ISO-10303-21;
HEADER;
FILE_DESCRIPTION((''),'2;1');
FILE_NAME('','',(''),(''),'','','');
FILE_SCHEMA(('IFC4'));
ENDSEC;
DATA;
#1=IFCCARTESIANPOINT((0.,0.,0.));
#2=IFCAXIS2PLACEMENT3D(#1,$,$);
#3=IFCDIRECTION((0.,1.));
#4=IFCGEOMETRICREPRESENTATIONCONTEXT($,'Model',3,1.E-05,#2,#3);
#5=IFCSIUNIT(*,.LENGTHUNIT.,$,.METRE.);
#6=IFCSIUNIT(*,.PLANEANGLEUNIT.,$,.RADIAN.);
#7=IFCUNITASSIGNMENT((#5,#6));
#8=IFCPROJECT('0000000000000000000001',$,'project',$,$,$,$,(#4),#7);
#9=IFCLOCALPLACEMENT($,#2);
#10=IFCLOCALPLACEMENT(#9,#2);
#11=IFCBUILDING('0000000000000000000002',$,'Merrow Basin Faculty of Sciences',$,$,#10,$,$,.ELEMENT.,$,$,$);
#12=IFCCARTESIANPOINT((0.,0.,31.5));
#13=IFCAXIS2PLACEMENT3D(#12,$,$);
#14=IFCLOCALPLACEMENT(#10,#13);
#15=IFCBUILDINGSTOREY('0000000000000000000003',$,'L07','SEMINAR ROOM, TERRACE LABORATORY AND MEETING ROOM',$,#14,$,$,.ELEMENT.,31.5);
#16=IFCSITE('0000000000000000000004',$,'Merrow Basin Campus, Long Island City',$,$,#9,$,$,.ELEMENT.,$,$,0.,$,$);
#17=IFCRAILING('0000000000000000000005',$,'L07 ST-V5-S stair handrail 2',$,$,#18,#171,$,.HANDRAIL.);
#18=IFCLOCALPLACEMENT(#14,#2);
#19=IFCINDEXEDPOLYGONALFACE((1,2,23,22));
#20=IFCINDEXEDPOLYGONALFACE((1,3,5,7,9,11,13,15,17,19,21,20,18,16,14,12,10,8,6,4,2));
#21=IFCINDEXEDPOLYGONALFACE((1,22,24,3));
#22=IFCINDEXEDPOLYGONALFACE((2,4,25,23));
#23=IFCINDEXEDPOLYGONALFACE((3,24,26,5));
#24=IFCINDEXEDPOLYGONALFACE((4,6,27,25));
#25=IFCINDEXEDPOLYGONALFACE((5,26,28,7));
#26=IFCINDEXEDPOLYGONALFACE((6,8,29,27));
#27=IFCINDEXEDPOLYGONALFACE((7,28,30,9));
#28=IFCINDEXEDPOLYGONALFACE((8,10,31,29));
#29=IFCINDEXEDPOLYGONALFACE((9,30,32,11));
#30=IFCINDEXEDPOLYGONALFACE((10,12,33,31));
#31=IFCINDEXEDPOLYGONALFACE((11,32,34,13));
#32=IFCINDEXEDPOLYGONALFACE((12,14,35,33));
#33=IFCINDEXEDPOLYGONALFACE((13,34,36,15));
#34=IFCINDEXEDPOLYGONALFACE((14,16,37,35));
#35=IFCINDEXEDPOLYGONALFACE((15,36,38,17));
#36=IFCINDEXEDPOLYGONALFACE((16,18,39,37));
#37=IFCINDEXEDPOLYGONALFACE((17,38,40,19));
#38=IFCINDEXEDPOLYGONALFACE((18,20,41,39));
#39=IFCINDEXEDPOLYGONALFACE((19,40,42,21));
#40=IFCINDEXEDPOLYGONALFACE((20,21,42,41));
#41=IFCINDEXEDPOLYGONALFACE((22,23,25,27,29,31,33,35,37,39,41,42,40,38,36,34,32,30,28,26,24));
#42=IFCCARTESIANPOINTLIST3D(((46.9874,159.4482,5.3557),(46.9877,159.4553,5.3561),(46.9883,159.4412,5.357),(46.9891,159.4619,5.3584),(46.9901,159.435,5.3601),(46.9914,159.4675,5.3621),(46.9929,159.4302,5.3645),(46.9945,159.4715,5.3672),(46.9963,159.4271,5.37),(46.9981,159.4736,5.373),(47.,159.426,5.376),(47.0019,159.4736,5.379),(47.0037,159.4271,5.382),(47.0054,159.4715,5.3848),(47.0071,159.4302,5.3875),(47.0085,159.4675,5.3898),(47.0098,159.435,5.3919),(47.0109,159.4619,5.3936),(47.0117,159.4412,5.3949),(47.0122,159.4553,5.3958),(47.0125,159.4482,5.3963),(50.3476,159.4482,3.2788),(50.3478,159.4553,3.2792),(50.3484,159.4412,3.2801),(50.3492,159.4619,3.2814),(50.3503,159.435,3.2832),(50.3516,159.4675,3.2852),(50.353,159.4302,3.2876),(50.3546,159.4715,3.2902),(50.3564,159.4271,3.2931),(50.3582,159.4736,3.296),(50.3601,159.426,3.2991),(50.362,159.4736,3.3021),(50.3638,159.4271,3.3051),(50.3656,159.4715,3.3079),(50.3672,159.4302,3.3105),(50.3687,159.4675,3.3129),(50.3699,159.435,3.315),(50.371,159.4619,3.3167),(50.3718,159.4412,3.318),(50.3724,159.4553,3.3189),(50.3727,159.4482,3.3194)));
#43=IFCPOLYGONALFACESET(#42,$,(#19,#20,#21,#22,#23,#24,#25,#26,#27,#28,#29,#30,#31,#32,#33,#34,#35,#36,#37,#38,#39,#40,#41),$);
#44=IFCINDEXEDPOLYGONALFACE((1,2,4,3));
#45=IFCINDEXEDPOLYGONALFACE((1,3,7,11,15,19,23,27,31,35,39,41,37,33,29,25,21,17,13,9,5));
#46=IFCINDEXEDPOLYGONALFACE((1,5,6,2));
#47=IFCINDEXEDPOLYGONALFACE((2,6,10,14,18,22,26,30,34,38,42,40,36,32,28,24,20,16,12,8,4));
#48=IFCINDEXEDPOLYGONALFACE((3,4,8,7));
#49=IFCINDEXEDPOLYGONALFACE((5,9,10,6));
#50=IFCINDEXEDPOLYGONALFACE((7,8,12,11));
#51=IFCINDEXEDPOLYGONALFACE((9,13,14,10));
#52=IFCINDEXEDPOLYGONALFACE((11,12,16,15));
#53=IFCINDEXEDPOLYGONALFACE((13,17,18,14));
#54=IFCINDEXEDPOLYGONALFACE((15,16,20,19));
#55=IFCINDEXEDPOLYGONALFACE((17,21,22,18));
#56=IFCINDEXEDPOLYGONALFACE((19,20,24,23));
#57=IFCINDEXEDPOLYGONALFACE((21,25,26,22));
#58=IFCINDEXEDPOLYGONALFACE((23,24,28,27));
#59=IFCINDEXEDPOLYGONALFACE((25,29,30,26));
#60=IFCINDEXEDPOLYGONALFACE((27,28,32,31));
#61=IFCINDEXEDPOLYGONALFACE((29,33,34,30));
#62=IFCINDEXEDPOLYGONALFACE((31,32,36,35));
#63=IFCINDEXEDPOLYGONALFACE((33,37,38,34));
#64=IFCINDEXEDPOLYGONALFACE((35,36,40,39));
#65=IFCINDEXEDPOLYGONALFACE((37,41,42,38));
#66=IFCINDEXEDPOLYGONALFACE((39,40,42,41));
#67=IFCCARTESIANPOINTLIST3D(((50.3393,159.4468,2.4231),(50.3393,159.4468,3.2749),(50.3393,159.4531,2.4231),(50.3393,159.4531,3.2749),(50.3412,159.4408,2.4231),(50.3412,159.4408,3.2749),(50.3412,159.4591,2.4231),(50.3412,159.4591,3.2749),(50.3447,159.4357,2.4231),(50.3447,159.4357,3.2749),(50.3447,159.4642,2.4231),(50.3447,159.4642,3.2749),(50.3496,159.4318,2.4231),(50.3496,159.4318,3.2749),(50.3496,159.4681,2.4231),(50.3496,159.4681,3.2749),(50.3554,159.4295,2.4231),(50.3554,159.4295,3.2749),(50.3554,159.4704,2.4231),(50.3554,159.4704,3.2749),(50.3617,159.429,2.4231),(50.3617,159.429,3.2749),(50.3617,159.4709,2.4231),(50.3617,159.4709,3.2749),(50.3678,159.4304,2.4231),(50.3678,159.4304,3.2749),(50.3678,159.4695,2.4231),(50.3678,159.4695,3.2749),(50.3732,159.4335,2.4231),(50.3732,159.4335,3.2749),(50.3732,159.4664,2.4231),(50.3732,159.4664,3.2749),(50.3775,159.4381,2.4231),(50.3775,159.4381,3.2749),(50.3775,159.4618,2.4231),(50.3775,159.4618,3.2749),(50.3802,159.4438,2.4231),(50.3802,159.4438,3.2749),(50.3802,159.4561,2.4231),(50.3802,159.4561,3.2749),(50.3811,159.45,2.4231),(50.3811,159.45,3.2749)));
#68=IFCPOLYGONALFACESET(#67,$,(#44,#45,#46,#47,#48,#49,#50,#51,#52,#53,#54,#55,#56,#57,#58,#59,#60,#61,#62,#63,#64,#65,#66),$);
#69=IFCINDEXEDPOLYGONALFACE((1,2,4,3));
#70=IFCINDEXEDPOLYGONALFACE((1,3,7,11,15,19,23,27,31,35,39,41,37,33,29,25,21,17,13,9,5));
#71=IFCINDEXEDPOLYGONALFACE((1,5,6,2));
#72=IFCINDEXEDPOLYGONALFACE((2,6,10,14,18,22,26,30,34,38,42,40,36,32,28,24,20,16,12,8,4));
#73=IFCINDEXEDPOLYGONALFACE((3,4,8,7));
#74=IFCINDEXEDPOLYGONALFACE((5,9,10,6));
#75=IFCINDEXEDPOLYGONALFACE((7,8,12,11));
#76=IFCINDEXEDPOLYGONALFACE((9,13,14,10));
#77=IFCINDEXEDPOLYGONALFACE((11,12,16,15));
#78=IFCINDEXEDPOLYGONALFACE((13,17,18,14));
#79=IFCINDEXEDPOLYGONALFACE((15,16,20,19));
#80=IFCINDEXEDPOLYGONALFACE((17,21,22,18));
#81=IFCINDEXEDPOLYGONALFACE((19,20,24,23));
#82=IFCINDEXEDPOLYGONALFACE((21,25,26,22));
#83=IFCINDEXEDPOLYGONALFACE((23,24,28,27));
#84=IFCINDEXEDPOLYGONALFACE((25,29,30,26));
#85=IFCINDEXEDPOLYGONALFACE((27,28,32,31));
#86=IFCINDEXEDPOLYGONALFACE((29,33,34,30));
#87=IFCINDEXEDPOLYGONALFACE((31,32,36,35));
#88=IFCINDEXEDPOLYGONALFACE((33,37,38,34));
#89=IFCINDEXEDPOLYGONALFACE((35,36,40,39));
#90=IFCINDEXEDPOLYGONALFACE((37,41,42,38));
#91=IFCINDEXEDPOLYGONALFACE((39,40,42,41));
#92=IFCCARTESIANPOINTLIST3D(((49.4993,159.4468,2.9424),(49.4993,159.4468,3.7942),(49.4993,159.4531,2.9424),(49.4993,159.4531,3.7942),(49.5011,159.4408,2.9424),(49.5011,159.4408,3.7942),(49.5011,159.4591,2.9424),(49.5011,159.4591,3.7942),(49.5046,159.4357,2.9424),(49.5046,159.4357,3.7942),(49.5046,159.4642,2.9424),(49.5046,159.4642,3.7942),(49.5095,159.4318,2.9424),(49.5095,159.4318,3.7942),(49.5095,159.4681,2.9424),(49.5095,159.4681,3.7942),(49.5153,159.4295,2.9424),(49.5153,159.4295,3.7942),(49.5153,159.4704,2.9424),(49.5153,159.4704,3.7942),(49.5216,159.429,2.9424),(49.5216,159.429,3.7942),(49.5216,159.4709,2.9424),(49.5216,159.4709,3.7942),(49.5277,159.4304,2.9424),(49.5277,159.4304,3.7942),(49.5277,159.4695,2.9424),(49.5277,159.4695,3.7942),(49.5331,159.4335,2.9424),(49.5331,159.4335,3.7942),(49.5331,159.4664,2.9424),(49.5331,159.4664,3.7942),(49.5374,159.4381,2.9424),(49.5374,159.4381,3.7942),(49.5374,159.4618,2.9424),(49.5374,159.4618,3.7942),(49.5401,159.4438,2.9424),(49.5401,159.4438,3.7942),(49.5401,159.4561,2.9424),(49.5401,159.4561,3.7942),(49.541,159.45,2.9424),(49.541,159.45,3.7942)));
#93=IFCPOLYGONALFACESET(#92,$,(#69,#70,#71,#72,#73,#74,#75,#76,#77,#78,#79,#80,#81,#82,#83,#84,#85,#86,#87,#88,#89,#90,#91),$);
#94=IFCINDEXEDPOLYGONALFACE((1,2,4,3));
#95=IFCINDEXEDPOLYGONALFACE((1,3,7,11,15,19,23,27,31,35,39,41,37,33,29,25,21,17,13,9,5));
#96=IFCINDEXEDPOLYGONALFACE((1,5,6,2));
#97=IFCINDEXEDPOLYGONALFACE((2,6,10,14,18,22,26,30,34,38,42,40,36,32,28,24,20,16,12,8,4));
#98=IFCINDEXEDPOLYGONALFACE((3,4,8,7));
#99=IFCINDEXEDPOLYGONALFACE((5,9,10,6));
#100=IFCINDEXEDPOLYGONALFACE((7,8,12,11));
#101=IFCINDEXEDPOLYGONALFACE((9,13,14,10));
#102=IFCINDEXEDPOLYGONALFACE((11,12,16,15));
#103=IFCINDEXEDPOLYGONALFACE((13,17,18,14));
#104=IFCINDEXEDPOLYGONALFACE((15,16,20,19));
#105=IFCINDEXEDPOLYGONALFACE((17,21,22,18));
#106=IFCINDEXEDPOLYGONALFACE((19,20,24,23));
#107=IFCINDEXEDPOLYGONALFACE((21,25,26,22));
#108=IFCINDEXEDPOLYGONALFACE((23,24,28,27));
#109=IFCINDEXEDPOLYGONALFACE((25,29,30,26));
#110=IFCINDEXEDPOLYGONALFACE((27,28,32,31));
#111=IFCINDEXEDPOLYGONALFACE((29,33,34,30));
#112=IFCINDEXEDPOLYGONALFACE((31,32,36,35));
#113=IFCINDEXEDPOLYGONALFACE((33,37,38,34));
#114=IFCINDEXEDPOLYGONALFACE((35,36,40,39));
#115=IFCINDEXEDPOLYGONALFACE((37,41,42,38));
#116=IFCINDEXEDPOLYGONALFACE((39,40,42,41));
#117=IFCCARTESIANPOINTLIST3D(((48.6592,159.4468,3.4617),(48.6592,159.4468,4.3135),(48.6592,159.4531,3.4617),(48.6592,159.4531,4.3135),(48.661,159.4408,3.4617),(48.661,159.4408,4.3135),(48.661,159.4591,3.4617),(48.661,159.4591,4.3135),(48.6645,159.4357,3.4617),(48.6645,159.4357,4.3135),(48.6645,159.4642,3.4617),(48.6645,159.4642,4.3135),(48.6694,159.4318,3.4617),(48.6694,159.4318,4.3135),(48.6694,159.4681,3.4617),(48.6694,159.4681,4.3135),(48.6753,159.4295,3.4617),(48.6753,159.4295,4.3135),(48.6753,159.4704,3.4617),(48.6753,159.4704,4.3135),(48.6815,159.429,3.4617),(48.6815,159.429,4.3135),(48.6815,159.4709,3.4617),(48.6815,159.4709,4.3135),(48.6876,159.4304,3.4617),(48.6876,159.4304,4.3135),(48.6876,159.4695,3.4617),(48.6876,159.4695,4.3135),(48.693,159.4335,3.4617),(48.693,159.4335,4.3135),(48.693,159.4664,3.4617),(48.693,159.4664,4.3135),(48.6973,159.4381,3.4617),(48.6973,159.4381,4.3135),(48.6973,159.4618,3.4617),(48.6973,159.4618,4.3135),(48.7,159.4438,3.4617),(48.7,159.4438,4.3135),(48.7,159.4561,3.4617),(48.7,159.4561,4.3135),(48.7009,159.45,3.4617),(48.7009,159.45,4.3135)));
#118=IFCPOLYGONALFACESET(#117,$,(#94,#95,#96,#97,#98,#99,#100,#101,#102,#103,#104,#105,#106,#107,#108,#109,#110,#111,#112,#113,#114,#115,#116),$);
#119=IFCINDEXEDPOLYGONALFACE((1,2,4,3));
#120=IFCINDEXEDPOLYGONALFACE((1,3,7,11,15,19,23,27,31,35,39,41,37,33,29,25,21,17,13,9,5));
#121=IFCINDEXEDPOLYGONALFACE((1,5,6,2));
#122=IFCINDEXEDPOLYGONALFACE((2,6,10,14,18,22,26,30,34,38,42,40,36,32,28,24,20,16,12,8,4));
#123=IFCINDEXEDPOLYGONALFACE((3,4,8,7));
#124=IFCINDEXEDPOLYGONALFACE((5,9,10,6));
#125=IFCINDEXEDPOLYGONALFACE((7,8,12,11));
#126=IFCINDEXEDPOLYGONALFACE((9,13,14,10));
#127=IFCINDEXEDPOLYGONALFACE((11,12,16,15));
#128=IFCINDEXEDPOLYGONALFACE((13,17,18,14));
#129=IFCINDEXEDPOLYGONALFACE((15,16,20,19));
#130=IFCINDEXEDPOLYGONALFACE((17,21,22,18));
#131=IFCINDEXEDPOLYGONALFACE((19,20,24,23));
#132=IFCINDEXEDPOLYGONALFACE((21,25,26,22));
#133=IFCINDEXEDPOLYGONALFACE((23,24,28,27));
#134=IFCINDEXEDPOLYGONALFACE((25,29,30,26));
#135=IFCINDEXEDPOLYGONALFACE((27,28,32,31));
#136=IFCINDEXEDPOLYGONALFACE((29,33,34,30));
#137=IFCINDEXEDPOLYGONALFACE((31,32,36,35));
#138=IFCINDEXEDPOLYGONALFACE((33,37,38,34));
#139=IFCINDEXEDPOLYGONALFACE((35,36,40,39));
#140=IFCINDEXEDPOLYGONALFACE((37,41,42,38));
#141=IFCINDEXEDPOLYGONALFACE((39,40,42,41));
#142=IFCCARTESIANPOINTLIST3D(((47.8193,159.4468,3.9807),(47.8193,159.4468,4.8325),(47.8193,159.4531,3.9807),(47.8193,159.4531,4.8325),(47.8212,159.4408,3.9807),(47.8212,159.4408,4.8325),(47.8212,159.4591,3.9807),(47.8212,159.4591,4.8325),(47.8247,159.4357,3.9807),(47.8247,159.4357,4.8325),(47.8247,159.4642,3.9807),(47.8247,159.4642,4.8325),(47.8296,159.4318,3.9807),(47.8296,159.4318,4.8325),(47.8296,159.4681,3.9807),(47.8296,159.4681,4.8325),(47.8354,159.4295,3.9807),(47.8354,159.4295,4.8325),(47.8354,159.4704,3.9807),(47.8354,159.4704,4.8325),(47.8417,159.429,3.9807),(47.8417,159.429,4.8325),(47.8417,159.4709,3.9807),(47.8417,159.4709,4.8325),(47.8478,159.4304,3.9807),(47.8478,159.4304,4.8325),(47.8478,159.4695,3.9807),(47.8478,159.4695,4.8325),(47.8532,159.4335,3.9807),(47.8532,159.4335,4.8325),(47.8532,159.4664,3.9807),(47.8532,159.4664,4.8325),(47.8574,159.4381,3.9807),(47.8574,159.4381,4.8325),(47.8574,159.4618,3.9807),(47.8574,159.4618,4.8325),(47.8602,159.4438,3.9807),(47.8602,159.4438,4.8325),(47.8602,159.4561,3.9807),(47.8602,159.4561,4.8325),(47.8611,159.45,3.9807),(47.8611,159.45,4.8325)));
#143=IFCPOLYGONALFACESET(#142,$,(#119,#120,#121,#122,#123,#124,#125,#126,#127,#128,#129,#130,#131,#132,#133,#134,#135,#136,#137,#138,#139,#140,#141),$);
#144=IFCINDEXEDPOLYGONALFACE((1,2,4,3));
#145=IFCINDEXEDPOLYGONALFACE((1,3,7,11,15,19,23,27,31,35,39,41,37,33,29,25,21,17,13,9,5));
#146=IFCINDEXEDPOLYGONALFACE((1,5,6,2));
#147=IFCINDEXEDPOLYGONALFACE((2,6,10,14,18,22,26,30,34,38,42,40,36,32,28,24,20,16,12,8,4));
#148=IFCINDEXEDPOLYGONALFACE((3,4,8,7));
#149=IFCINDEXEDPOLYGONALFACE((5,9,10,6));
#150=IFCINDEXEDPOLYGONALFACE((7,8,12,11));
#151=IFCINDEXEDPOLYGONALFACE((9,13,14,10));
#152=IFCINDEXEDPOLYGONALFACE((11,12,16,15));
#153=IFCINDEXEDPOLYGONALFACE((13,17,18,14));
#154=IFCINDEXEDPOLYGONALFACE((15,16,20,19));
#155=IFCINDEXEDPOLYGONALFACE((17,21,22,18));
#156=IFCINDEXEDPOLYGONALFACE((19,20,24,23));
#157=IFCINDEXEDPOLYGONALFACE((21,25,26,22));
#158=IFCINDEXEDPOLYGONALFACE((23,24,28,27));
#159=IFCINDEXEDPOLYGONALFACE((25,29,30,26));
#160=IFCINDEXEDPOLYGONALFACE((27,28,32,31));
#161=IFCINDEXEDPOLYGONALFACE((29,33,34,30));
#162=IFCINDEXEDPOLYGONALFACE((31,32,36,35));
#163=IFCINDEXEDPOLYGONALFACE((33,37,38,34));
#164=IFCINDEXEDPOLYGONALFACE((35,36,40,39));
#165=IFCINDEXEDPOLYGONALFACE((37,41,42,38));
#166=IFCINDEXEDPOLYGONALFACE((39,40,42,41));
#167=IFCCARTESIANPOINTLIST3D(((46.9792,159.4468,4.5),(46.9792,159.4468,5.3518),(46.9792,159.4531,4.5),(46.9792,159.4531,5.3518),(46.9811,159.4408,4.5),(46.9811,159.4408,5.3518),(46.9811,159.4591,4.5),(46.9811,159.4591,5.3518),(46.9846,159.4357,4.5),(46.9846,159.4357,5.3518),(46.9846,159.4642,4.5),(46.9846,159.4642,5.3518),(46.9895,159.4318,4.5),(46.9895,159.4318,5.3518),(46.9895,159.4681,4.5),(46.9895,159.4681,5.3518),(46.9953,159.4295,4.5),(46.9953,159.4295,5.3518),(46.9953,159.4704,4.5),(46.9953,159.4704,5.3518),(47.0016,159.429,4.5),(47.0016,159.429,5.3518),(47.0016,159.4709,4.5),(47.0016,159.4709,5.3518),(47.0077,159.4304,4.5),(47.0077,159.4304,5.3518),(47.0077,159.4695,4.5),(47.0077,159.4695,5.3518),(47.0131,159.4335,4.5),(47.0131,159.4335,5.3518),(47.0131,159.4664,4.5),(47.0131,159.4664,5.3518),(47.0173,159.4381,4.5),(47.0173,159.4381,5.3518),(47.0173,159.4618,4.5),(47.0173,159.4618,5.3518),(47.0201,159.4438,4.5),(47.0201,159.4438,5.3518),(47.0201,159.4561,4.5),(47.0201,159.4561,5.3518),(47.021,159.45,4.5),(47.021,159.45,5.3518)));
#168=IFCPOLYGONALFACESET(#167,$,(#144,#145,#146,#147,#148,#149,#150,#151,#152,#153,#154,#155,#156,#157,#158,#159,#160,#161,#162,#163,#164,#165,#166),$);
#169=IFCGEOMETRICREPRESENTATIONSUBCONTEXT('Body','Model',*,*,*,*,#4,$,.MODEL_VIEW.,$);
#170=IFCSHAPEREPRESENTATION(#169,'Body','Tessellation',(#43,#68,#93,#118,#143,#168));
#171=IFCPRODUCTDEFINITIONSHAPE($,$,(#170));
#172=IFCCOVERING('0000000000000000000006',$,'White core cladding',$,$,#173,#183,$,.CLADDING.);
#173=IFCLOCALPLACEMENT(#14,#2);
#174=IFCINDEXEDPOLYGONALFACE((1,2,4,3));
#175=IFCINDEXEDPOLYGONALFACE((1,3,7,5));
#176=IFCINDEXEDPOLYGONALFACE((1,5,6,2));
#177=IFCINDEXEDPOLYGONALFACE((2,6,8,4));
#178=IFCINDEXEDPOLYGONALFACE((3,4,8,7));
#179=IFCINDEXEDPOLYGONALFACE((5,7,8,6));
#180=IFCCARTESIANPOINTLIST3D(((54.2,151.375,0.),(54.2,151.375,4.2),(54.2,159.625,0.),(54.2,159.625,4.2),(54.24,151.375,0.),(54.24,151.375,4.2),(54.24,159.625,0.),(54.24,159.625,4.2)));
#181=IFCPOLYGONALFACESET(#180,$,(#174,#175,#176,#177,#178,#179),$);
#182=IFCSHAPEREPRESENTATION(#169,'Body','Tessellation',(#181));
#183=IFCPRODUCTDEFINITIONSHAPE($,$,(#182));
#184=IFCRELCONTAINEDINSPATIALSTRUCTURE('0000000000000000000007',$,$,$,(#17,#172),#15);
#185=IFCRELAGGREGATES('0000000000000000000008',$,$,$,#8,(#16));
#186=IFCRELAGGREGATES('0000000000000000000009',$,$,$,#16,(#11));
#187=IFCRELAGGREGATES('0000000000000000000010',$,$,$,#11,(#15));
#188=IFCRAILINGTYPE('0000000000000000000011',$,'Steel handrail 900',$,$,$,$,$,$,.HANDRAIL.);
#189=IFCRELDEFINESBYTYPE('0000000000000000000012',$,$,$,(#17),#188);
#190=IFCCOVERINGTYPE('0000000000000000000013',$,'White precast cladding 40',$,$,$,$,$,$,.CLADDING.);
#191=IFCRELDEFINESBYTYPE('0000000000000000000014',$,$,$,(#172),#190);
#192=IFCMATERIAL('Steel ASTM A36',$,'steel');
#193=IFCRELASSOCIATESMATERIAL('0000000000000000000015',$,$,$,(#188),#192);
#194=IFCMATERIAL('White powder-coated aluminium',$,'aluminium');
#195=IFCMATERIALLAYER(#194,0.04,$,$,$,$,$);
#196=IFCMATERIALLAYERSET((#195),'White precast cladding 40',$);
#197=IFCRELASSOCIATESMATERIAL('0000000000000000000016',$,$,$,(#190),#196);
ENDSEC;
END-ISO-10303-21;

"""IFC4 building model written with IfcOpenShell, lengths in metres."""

from ifc_helpers import new_model, si_unit, direction, frame, origin, origin_2d, place, context, subcontext, project, spatial, rectangle, circle, extrude, material, layer, layer_set, type_object, element, save


model = new_model("IFC4")

# Units and contexts
model_context = context("Model", 3, precision=1e-05, world=origin(), true_north=direction((0.0, 1.0)))
body_context = subcontext(model_context, "Body", "Model", "MODEL_VIEW")
ifc_project = project(units=[si_unit("LENGTHUNIT", "METRE"), si_unit("PLANEANGLEUNIT", "RADIAN")], contexts=[model_context])

# Site, building, storey
site_placement = place(None, origin())
site = spatial("IfcSite", under=ifc_project, at=site_placement, Name="Merrow Basin Campus, Long Island City", CompositionType="ELEMENT", RefElevation=0.0)
building_placement = place(site_placement, origin())
building = spatial("IfcBuilding", under=site, at=building_placement, Name="Merrow Basin Faculty of Sciences", CompositionType="ELEMENT")
storey_placement = place(building_placement, frame((0.0, 0.0, 31.5)))
storey = spatial("IfcBuildingStorey", under=building, at=storey_placement, Name="L07", Description="SEMINAR ROOM, TERRACE LABORATORY AND MEETING ROOM", CompositionType="ELEMENT", Elevation=31.5)

# Railing
ifc_material_1 = material(Name="Steel ASTM A36", Category="steel")
railing_type_1 = type_object("IfcRailingType", Name="Steel handrail 900", PredefinedType="HANDRAIL", material=ifc_material_1)
railing_1_placement = place(storey_placement, frame((50.3601, 159.45, 2.4231)))
element("IfcRailing", 1, at=railing_1_placement, inside=storey, type_object=railing_type_1, Name="L07 ST-V5-S stair handrail 2", PredefinedType="HANDRAIL", context=body_context, shape_type="SweptSolid", body=[
    extrude(circle(Radius=0.0239, at=origin_2d()), frame((0.0, 0.0, 0.876), z_axis=(-0.850623, 0.0, 0.525776), x_axis=(0.0, -1.0, 0.0)), (0.0, 0.0, 1.0), 3.9502),
    extrude(circle(Radius=0.021, at=origin_2d()), origin(), (0.0, 0.0, 1.0), 0.8518),
    extrude(circle(Radius=0.021, at=origin_2d()), frame((-0.8401, 0.0, 0.5193)), (0.0, 0.0, 1.0), 0.8518),
    extrude(circle(Radius=0.021, at=origin_2d()), frame((-1.6802, 0.0, 1.0386)), (0.0, 0.0, 1.0), 0.8518),
    extrude(circle(Radius=0.021, at=origin_2d()), frame((-2.52, 0.0, 1.5576)), (0.0, 0.0, 1.0), 0.8518),
    extrude(circle(Radius=0.021, at=origin_2d()), frame((-3.3601, 0.0, 2.0769)), (0.0, 0.0, 1.0), 0.8518),
])

# Covering
ifc_material_2 = material(Name="White powder-coated aluminium", Category="aluminium")
ifc_layer_1 = layer(ifc_material_2, 0.04)
ifc_layer_set_1 = layer_set([ifc_layer_1], Name="White precast cladding 40")
covering_type = type_object("IfcCoveringType", Name="White precast cladding 40", PredefinedType="CLADDING", material=ifc_layer_set_1)
covering_placement = place(storey_placement, frame((54.22, 155.5, 0.0), z_axis=(0.0, 0.0, 1.0), x_axis=(1.0, 0.0, 0.0)))
element("IfcCovering", 2, at=covering_placement, inside=storey, type_object=covering_type, Name="White core cladding", PredefinedType="CLADDING", context=body_context, shape_type="SweptSolid", body=[
    extrude(rectangle(XDim=0.04, YDim=8.25, at=origin_2d()), origin(), (0.0, 0.0, 1.0), 4.2),
])

save(model, "model.ifc")
